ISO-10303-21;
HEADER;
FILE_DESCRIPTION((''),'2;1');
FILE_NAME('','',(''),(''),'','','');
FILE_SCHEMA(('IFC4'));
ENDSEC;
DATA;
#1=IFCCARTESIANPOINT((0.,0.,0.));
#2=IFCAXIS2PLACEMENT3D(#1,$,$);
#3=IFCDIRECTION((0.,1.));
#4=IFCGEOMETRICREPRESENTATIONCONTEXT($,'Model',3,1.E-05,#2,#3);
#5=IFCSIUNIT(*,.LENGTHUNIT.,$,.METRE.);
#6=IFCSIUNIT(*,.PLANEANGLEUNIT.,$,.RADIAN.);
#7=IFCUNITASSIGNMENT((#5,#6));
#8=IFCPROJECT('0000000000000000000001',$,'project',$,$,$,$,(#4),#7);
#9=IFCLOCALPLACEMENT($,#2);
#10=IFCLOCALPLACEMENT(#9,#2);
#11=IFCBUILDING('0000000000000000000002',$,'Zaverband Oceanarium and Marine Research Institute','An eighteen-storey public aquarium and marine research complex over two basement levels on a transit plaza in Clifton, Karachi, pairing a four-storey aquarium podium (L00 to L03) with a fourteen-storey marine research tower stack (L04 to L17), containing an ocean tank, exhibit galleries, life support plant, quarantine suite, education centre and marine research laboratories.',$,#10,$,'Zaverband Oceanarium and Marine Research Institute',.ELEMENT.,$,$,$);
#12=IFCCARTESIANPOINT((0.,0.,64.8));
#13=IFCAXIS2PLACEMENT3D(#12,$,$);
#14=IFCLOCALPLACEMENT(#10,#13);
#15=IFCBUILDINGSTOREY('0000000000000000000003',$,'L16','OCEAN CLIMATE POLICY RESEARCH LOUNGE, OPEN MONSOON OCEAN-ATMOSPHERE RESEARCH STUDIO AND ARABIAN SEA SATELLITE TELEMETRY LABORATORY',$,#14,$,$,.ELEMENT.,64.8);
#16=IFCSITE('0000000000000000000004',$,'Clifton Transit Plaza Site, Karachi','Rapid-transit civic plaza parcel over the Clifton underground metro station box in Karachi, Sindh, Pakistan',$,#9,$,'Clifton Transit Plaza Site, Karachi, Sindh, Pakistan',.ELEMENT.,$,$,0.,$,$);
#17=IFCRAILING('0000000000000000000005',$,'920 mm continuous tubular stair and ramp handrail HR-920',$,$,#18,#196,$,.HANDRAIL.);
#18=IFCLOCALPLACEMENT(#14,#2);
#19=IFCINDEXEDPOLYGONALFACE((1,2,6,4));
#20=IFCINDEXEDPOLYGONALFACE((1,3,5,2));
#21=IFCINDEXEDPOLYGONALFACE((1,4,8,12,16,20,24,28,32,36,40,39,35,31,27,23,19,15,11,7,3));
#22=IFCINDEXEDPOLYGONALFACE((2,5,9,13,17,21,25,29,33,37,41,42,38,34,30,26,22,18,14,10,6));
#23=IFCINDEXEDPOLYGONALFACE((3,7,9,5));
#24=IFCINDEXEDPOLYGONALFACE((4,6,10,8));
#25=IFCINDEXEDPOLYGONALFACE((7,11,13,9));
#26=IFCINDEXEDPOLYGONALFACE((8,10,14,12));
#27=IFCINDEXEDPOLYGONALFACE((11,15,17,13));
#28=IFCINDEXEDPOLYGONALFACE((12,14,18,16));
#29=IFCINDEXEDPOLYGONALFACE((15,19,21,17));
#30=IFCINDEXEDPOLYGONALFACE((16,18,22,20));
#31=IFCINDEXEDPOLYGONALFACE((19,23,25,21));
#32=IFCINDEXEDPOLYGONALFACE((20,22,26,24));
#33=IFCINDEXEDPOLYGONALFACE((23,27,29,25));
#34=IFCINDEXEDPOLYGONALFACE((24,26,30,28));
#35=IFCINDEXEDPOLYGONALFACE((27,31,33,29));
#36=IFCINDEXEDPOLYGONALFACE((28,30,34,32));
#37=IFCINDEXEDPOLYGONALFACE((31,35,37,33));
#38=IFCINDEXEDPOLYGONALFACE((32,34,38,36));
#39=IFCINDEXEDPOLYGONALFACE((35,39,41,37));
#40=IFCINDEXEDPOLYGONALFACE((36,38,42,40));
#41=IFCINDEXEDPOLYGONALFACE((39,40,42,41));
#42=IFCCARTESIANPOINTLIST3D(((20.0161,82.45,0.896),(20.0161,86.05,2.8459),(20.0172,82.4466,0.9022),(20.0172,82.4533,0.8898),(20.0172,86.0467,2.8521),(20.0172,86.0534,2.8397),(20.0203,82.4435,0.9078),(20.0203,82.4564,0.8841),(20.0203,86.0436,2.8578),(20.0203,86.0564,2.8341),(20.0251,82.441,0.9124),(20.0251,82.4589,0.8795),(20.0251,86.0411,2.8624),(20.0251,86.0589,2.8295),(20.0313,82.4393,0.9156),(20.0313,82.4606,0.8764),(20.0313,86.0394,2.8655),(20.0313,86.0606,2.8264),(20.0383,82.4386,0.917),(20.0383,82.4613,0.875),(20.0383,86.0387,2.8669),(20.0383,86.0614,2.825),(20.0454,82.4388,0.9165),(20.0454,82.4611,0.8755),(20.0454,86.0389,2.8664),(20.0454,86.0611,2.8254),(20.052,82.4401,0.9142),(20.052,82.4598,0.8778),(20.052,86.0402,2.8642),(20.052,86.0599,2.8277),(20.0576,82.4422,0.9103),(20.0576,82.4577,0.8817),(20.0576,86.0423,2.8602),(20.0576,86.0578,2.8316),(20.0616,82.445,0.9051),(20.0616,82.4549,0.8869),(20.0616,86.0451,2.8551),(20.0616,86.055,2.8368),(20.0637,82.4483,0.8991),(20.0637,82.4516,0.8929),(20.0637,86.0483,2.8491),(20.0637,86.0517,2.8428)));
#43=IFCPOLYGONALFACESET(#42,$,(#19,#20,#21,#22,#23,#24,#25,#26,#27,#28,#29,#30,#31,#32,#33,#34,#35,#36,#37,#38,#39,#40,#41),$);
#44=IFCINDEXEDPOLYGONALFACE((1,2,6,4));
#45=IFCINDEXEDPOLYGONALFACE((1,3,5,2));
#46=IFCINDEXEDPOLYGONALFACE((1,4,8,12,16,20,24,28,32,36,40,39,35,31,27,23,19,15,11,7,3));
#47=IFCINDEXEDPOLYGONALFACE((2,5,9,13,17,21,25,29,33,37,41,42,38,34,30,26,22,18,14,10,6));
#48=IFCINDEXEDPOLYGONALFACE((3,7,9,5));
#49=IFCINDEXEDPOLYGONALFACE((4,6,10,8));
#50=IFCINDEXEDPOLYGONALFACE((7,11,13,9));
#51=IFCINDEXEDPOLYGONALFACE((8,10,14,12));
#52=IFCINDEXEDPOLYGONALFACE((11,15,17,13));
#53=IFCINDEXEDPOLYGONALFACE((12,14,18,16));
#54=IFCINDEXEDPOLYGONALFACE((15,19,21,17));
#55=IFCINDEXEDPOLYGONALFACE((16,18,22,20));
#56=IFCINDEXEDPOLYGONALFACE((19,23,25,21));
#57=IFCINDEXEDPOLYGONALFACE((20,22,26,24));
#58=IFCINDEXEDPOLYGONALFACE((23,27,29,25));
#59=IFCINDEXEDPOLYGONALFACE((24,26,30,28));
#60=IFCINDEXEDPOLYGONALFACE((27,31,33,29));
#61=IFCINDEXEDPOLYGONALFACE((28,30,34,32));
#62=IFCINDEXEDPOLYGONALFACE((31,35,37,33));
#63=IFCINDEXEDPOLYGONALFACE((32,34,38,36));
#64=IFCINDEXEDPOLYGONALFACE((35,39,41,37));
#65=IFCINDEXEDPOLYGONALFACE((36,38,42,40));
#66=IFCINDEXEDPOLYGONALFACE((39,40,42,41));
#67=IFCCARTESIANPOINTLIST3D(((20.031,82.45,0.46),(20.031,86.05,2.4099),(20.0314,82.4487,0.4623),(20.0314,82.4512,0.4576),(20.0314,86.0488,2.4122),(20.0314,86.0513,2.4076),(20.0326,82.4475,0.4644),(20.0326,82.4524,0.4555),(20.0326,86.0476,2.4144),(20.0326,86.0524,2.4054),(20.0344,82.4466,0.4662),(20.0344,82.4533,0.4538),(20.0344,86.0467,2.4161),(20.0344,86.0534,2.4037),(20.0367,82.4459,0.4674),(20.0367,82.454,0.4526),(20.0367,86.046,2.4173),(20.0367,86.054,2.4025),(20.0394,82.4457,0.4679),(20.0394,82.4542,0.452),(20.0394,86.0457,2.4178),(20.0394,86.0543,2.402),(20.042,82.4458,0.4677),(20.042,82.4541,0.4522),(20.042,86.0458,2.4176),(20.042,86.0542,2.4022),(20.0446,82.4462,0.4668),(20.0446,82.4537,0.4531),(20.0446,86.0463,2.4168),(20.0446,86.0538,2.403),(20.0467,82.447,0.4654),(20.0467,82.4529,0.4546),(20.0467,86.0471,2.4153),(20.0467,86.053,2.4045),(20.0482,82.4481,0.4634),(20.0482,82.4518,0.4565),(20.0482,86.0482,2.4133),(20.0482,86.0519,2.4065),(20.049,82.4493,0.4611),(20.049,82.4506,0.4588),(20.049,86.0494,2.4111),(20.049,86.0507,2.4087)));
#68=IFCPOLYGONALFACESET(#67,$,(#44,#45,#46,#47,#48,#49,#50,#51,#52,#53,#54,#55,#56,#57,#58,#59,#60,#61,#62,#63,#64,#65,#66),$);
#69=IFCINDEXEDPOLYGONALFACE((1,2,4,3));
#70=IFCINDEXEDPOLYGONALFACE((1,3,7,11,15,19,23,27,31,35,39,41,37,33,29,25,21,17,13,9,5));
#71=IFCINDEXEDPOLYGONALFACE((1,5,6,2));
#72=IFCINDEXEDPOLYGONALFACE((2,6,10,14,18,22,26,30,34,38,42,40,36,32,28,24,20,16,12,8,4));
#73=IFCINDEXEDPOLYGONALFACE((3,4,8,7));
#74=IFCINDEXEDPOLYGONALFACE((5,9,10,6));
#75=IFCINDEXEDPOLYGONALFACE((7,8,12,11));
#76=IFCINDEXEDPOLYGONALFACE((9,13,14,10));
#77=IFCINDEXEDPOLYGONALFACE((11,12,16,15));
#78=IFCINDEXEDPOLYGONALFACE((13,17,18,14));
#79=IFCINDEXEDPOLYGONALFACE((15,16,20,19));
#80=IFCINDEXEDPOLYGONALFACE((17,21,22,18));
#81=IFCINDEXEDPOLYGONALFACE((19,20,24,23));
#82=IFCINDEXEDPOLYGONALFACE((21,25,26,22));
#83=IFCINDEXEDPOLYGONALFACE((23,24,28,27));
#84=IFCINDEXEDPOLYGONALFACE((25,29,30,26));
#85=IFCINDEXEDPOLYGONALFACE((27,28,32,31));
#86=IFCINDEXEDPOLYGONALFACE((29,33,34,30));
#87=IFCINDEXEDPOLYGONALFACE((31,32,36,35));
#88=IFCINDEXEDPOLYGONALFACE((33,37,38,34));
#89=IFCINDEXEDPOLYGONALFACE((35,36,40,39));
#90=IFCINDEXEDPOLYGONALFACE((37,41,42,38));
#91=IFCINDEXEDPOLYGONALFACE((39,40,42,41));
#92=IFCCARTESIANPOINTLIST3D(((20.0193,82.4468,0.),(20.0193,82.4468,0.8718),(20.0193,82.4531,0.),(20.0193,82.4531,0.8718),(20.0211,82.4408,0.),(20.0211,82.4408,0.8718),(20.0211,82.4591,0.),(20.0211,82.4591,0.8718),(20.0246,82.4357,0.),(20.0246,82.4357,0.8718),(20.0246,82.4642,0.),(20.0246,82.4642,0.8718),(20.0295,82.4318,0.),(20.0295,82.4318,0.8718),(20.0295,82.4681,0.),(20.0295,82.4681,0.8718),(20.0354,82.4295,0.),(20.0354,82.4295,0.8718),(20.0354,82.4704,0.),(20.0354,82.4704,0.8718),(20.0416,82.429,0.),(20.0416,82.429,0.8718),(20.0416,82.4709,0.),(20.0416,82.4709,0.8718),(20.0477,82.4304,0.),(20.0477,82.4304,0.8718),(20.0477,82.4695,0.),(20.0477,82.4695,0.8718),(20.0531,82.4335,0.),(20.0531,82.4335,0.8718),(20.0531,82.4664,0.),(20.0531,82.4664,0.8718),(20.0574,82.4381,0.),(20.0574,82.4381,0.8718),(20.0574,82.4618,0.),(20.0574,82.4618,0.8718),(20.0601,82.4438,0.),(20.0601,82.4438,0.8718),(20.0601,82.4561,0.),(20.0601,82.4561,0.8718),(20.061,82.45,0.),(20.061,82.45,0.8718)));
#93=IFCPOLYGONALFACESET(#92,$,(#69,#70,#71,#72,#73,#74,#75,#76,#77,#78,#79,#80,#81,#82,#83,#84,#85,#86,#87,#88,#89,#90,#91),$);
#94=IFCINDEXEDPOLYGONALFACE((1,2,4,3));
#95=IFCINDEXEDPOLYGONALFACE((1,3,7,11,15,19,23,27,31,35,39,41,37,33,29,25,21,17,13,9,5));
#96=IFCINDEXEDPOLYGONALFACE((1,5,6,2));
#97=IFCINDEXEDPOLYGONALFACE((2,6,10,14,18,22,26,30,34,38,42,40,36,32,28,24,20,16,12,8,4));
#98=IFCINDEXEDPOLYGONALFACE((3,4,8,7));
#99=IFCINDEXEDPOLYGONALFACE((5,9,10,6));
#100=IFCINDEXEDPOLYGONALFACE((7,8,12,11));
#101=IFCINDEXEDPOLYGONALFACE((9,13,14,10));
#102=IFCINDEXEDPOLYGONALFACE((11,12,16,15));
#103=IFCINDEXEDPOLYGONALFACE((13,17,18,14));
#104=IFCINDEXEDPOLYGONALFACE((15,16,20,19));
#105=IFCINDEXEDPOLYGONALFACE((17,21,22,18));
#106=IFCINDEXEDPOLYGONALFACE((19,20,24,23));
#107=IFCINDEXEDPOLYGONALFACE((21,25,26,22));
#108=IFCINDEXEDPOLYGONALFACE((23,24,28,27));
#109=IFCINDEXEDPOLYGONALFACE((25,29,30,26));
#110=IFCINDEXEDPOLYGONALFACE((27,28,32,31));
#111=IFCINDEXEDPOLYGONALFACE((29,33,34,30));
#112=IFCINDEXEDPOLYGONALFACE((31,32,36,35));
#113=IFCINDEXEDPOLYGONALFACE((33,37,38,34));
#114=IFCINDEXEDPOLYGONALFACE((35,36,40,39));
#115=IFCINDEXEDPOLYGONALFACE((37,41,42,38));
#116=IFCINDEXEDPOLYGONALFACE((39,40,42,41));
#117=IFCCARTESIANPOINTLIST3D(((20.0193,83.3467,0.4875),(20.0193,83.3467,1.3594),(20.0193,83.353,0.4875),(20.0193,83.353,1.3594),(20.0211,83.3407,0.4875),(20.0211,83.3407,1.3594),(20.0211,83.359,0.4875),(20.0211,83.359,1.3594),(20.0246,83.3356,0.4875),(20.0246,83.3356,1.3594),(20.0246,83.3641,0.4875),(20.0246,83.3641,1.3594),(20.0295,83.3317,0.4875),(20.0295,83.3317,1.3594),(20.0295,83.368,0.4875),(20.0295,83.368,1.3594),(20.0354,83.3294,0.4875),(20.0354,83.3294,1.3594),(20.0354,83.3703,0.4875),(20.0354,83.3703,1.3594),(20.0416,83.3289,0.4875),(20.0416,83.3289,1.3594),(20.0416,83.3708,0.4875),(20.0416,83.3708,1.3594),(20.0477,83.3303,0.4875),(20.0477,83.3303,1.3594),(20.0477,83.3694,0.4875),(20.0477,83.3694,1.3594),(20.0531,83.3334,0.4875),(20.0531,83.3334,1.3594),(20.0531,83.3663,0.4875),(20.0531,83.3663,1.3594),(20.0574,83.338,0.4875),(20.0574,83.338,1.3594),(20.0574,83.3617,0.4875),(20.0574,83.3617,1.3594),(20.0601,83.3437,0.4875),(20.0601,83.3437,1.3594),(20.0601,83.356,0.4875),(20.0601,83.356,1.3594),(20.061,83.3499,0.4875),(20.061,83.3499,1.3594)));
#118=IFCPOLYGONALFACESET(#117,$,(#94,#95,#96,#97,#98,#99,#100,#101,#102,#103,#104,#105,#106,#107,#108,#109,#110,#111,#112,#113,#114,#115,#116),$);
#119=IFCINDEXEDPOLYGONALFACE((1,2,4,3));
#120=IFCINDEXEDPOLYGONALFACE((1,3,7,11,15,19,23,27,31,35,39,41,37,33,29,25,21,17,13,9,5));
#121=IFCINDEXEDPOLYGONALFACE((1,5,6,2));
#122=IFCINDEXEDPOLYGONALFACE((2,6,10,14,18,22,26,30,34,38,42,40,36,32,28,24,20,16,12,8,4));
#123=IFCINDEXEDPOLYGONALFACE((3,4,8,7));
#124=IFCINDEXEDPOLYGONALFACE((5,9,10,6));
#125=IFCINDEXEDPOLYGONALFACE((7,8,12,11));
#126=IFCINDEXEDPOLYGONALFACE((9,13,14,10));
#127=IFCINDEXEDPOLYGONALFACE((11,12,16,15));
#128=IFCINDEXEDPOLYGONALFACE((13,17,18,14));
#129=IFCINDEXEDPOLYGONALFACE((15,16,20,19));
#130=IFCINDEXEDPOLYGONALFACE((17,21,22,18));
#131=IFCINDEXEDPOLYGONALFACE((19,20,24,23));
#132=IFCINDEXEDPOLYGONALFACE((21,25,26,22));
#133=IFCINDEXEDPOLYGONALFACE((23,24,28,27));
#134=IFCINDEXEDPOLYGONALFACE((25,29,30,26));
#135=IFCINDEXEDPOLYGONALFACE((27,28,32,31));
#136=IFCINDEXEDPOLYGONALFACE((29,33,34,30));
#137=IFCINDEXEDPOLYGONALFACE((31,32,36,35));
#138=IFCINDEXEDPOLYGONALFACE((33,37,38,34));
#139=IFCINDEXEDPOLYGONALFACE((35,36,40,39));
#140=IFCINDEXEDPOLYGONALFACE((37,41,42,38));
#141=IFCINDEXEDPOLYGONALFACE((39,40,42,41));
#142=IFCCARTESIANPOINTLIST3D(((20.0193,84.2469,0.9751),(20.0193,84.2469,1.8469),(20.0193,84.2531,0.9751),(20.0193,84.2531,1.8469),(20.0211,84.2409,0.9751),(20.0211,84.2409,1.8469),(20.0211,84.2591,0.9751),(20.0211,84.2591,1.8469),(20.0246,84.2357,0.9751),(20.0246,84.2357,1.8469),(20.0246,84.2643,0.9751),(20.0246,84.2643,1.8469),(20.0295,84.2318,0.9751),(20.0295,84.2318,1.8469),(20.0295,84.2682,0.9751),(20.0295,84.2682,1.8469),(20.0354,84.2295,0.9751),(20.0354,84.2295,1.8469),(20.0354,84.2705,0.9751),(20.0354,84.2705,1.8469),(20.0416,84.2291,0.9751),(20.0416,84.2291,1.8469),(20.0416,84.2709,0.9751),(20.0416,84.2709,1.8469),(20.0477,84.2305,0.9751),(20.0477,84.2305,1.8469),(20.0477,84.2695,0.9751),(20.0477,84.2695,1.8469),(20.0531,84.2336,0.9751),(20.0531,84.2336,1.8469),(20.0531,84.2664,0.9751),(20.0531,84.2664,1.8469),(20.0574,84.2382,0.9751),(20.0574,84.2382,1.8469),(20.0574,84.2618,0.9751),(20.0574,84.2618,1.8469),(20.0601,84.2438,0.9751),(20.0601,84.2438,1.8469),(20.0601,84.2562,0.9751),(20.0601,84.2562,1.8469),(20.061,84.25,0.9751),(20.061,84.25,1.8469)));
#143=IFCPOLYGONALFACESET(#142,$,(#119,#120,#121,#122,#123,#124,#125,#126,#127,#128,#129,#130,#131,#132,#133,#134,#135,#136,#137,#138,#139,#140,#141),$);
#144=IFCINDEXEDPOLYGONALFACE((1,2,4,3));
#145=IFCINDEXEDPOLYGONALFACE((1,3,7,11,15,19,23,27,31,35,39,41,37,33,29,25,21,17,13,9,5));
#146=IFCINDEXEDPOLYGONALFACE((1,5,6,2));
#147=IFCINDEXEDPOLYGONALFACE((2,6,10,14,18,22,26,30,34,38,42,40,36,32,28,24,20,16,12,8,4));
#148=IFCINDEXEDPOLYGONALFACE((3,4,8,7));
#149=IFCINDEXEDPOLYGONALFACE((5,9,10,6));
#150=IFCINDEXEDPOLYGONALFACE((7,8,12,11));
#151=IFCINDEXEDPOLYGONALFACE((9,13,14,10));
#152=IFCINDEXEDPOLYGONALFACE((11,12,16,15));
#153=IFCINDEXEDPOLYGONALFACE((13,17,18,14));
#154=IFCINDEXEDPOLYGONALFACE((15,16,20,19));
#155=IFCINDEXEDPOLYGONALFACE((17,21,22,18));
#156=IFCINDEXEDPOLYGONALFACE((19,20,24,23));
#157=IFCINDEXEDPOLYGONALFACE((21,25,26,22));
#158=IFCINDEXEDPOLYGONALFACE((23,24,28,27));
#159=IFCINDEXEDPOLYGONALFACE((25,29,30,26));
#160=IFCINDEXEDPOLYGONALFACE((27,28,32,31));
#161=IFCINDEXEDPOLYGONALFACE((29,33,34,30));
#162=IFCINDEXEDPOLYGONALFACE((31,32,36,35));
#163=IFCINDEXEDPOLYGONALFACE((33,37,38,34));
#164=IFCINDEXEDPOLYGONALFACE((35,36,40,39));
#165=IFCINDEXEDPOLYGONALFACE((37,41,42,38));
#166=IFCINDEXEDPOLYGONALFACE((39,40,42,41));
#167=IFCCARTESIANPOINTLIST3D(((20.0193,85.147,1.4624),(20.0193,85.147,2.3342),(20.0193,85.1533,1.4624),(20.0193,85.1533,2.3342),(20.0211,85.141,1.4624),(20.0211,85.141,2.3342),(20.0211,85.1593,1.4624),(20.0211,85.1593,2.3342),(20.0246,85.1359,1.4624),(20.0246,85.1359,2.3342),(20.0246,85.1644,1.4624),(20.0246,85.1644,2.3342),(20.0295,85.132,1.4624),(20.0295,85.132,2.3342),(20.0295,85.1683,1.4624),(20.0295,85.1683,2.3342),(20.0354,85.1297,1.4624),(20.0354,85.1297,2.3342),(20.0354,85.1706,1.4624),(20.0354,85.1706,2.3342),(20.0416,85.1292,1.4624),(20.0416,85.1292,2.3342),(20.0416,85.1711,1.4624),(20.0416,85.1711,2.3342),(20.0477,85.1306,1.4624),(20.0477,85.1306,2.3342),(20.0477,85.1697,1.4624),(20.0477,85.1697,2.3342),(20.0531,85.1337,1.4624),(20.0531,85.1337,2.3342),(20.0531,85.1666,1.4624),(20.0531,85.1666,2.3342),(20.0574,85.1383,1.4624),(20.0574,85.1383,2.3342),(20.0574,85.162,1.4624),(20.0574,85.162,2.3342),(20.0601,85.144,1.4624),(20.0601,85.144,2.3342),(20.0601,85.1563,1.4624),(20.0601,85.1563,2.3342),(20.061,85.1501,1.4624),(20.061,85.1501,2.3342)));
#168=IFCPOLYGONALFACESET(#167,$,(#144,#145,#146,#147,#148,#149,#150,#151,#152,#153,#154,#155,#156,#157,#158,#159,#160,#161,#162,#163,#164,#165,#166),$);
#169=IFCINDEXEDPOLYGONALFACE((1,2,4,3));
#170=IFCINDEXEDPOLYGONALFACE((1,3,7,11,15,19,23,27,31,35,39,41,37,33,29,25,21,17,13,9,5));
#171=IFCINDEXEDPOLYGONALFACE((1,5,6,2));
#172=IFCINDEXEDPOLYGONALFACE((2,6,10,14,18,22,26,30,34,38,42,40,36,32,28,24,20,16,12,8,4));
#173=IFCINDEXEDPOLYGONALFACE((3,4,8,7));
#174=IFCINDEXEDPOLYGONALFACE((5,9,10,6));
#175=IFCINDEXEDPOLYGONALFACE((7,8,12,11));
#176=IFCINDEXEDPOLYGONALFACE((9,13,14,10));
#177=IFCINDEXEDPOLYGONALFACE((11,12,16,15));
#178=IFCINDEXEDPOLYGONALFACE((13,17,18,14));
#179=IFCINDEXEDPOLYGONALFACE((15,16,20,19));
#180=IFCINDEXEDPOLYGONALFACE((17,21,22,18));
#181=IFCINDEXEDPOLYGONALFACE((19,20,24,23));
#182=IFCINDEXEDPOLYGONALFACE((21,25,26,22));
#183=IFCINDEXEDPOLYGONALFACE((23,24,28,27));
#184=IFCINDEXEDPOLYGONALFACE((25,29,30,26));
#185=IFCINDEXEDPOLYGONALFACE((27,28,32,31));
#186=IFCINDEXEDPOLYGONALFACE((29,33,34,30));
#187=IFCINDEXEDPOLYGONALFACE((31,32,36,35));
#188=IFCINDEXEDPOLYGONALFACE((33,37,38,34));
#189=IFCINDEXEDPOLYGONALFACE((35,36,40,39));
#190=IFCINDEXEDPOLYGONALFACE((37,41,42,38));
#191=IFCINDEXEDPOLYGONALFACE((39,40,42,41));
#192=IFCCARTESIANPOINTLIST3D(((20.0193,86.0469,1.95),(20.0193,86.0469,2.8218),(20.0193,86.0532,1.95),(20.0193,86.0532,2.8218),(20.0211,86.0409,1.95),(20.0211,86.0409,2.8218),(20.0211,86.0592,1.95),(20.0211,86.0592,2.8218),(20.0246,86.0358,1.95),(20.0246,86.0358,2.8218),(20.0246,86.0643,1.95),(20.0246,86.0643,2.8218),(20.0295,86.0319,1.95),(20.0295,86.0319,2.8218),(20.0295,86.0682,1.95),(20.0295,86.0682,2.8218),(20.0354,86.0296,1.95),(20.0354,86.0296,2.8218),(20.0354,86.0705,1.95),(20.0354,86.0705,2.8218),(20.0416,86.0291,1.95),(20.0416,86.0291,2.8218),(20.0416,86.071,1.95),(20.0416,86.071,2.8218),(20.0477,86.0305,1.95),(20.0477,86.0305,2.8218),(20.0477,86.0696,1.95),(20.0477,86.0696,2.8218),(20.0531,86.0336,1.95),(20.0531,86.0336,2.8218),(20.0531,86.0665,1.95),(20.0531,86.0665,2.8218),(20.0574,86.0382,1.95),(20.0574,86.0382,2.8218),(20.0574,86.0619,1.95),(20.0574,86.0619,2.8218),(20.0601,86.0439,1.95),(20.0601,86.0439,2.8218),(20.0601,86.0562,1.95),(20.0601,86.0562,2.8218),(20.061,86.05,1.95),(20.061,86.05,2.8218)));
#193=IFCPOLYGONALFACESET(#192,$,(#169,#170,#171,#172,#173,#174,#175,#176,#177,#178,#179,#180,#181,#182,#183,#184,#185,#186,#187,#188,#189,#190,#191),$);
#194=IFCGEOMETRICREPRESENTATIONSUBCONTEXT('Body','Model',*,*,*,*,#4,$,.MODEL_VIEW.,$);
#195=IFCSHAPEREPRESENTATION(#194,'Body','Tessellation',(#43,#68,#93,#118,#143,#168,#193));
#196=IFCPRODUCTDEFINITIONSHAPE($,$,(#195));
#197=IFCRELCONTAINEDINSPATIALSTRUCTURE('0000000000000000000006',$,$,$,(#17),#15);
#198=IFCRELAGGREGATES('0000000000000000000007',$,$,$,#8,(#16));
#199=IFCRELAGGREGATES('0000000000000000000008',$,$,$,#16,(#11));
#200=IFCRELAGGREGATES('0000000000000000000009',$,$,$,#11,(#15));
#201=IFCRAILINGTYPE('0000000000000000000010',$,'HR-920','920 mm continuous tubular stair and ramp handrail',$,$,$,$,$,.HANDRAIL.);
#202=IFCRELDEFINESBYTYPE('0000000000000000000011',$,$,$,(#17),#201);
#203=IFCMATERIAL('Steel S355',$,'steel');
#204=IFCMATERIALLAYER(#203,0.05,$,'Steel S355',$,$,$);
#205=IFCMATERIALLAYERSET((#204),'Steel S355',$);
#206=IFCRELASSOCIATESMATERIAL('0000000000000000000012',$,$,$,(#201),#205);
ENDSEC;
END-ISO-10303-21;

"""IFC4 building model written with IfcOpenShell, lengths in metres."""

from ifc_helpers import new_model, si_unit, direction, frame, origin, origin_2d, place, context, subcontext, project, spatial, circle, extrude, material, layer, layer_set, type_object, element, save


model = new_model("IFC4")

# Units and contexts
model_context = context("Model", 3, precision=1e-05, world=origin(), true_north=direction((0.0, 1.0)))
body_context = subcontext(model_context, "Body", "Model", "MODEL_VIEW")
ifc_project = project(units=[si_unit("LENGTHUNIT", "METRE"), si_unit("PLANEANGLEUNIT", "RADIAN")], contexts=[model_context])

# Site, building, storey
site_placement = place(None, origin())
site = spatial("IfcSite", under=ifc_project, at=site_placement, Name="Clifton Transit Plaza Site, Karachi", Description="Rapid-transit civic plaza parcel over the Clifton underground metro station box in Karachi, Sindh, Pakistan", LongName="Clifton Transit Plaza Site, Karachi, Sindh, Pakistan", CompositionType="ELEMENT", RefElevation=0.0)
building_placement = place(site_placement, origin())
building = spatial("IfcBuilding", under=site, at=building_placement, Name="Zaverband Oceanarium and Marine Research Institute", Description="An eighteen-storey public aquarium and marine research complex over two basement levels on a transit plaza in Clifton, Karachi, pairing a four-storey aquarium podium (L00 to L03) with a fourteen-storey marine research tower stack (L04 to L17), containing an ocean tank, exhibit galleries, life support plant, quarantine suite, education centre and marine research laboratories.", LongName="Zaverband Oceanarium and Marine Research Institute", CompositionType="ELEMENT")
storey_placement = place(building_placement, frame((0.0, 0.0, 64.8)))
storey = spatial("IfcBuildingStorey", under=building, at=storey_placement, Name="L16", Description="OCEAN CLIMATE POLICY RESEARCH LOUNGE, OPEN MONSOON OCEAN-ATMOSPHERE RESEARCH STUDIO AND ARABIAN SEA SATELLITE TELEMETRY LABORATORY", CompositionType="ELEMENT", Elevation=64.8)

# Shared definitions
ifc_material_1 = material(Name="Steel S355", Category="steel")

# Railing
ifc_layer_1 = layer(ifc_material_1, 0.05, Name="Steel S355")
ifc_layer_set_1 = layer_set([ifc_layer_1], Name="Steel S355")
railing_type_1 = type_object("IfcRailingType", Name="HR-920", Description="920 mm continuous tubular stair and ramp handrail", PredefinedType="HANDRAIL", material=ifc_layer_set_1)
railing_1_placement = place(storey_placement, frame((20.04, 82.45, 0.0)))
element("IfcRailing", 1, at=railing_1_placement, inside=storey, type_object=railing_type_1, Name="920 mm continuous tubular stair and ramp handrail HR-920", PredefinedType="HANDRAIL", context=body_context, shape_type="SweptSolid", body=[
    extrude(circle(Radius=0.0239, at=origin_2d()), frame((0.0, 0.0, 0.896), z_axis=(0.0, 0.879302, 0.476264), x_axis=(-1.0, 0.0, 0.0)), (0.0, 0.0, 1.0), 4.0942),
    extrude(circle(Radius=0.009, at=origin_2d()), frame((0.0, 0.0, 0.46), z_axis=(0.0, 0.879302, 0.476264), x_axis=(-1.0, 0.0, 0.0)), (0.0, 0.0, 1.0), 4.0942),
    extrude(circle(Radius=0.021, at=origin_2d()), origin(), (0.0, 0.0, 1.0), 0.8718),
    extrude(circle(Radius=0.021, at=origin_2d()), frame((0.0, 0.8999, 0.4875)), (0.0, 0.0, 1.0), 0.8718),
    extrude(circle(Radius=0.021, at=origin_2d()), frame((0.0, 1.8, 0.9751)), (0.0, 0.0, 1.0), 0.8718),
    extrude(circle(Radius=0.021, at=origin_2d()), frame((0.0, 2.7002, 1.4624)), (0.0, 0.0, 1.0), 0.8718),
    extrude(circle(Radius=0.021, at=origin_2d()), frame((0.0, 3.6001, 1.95)), (0.0, 0.0, 1.0), 0.8718),
])

save(model, "model.ifc")
